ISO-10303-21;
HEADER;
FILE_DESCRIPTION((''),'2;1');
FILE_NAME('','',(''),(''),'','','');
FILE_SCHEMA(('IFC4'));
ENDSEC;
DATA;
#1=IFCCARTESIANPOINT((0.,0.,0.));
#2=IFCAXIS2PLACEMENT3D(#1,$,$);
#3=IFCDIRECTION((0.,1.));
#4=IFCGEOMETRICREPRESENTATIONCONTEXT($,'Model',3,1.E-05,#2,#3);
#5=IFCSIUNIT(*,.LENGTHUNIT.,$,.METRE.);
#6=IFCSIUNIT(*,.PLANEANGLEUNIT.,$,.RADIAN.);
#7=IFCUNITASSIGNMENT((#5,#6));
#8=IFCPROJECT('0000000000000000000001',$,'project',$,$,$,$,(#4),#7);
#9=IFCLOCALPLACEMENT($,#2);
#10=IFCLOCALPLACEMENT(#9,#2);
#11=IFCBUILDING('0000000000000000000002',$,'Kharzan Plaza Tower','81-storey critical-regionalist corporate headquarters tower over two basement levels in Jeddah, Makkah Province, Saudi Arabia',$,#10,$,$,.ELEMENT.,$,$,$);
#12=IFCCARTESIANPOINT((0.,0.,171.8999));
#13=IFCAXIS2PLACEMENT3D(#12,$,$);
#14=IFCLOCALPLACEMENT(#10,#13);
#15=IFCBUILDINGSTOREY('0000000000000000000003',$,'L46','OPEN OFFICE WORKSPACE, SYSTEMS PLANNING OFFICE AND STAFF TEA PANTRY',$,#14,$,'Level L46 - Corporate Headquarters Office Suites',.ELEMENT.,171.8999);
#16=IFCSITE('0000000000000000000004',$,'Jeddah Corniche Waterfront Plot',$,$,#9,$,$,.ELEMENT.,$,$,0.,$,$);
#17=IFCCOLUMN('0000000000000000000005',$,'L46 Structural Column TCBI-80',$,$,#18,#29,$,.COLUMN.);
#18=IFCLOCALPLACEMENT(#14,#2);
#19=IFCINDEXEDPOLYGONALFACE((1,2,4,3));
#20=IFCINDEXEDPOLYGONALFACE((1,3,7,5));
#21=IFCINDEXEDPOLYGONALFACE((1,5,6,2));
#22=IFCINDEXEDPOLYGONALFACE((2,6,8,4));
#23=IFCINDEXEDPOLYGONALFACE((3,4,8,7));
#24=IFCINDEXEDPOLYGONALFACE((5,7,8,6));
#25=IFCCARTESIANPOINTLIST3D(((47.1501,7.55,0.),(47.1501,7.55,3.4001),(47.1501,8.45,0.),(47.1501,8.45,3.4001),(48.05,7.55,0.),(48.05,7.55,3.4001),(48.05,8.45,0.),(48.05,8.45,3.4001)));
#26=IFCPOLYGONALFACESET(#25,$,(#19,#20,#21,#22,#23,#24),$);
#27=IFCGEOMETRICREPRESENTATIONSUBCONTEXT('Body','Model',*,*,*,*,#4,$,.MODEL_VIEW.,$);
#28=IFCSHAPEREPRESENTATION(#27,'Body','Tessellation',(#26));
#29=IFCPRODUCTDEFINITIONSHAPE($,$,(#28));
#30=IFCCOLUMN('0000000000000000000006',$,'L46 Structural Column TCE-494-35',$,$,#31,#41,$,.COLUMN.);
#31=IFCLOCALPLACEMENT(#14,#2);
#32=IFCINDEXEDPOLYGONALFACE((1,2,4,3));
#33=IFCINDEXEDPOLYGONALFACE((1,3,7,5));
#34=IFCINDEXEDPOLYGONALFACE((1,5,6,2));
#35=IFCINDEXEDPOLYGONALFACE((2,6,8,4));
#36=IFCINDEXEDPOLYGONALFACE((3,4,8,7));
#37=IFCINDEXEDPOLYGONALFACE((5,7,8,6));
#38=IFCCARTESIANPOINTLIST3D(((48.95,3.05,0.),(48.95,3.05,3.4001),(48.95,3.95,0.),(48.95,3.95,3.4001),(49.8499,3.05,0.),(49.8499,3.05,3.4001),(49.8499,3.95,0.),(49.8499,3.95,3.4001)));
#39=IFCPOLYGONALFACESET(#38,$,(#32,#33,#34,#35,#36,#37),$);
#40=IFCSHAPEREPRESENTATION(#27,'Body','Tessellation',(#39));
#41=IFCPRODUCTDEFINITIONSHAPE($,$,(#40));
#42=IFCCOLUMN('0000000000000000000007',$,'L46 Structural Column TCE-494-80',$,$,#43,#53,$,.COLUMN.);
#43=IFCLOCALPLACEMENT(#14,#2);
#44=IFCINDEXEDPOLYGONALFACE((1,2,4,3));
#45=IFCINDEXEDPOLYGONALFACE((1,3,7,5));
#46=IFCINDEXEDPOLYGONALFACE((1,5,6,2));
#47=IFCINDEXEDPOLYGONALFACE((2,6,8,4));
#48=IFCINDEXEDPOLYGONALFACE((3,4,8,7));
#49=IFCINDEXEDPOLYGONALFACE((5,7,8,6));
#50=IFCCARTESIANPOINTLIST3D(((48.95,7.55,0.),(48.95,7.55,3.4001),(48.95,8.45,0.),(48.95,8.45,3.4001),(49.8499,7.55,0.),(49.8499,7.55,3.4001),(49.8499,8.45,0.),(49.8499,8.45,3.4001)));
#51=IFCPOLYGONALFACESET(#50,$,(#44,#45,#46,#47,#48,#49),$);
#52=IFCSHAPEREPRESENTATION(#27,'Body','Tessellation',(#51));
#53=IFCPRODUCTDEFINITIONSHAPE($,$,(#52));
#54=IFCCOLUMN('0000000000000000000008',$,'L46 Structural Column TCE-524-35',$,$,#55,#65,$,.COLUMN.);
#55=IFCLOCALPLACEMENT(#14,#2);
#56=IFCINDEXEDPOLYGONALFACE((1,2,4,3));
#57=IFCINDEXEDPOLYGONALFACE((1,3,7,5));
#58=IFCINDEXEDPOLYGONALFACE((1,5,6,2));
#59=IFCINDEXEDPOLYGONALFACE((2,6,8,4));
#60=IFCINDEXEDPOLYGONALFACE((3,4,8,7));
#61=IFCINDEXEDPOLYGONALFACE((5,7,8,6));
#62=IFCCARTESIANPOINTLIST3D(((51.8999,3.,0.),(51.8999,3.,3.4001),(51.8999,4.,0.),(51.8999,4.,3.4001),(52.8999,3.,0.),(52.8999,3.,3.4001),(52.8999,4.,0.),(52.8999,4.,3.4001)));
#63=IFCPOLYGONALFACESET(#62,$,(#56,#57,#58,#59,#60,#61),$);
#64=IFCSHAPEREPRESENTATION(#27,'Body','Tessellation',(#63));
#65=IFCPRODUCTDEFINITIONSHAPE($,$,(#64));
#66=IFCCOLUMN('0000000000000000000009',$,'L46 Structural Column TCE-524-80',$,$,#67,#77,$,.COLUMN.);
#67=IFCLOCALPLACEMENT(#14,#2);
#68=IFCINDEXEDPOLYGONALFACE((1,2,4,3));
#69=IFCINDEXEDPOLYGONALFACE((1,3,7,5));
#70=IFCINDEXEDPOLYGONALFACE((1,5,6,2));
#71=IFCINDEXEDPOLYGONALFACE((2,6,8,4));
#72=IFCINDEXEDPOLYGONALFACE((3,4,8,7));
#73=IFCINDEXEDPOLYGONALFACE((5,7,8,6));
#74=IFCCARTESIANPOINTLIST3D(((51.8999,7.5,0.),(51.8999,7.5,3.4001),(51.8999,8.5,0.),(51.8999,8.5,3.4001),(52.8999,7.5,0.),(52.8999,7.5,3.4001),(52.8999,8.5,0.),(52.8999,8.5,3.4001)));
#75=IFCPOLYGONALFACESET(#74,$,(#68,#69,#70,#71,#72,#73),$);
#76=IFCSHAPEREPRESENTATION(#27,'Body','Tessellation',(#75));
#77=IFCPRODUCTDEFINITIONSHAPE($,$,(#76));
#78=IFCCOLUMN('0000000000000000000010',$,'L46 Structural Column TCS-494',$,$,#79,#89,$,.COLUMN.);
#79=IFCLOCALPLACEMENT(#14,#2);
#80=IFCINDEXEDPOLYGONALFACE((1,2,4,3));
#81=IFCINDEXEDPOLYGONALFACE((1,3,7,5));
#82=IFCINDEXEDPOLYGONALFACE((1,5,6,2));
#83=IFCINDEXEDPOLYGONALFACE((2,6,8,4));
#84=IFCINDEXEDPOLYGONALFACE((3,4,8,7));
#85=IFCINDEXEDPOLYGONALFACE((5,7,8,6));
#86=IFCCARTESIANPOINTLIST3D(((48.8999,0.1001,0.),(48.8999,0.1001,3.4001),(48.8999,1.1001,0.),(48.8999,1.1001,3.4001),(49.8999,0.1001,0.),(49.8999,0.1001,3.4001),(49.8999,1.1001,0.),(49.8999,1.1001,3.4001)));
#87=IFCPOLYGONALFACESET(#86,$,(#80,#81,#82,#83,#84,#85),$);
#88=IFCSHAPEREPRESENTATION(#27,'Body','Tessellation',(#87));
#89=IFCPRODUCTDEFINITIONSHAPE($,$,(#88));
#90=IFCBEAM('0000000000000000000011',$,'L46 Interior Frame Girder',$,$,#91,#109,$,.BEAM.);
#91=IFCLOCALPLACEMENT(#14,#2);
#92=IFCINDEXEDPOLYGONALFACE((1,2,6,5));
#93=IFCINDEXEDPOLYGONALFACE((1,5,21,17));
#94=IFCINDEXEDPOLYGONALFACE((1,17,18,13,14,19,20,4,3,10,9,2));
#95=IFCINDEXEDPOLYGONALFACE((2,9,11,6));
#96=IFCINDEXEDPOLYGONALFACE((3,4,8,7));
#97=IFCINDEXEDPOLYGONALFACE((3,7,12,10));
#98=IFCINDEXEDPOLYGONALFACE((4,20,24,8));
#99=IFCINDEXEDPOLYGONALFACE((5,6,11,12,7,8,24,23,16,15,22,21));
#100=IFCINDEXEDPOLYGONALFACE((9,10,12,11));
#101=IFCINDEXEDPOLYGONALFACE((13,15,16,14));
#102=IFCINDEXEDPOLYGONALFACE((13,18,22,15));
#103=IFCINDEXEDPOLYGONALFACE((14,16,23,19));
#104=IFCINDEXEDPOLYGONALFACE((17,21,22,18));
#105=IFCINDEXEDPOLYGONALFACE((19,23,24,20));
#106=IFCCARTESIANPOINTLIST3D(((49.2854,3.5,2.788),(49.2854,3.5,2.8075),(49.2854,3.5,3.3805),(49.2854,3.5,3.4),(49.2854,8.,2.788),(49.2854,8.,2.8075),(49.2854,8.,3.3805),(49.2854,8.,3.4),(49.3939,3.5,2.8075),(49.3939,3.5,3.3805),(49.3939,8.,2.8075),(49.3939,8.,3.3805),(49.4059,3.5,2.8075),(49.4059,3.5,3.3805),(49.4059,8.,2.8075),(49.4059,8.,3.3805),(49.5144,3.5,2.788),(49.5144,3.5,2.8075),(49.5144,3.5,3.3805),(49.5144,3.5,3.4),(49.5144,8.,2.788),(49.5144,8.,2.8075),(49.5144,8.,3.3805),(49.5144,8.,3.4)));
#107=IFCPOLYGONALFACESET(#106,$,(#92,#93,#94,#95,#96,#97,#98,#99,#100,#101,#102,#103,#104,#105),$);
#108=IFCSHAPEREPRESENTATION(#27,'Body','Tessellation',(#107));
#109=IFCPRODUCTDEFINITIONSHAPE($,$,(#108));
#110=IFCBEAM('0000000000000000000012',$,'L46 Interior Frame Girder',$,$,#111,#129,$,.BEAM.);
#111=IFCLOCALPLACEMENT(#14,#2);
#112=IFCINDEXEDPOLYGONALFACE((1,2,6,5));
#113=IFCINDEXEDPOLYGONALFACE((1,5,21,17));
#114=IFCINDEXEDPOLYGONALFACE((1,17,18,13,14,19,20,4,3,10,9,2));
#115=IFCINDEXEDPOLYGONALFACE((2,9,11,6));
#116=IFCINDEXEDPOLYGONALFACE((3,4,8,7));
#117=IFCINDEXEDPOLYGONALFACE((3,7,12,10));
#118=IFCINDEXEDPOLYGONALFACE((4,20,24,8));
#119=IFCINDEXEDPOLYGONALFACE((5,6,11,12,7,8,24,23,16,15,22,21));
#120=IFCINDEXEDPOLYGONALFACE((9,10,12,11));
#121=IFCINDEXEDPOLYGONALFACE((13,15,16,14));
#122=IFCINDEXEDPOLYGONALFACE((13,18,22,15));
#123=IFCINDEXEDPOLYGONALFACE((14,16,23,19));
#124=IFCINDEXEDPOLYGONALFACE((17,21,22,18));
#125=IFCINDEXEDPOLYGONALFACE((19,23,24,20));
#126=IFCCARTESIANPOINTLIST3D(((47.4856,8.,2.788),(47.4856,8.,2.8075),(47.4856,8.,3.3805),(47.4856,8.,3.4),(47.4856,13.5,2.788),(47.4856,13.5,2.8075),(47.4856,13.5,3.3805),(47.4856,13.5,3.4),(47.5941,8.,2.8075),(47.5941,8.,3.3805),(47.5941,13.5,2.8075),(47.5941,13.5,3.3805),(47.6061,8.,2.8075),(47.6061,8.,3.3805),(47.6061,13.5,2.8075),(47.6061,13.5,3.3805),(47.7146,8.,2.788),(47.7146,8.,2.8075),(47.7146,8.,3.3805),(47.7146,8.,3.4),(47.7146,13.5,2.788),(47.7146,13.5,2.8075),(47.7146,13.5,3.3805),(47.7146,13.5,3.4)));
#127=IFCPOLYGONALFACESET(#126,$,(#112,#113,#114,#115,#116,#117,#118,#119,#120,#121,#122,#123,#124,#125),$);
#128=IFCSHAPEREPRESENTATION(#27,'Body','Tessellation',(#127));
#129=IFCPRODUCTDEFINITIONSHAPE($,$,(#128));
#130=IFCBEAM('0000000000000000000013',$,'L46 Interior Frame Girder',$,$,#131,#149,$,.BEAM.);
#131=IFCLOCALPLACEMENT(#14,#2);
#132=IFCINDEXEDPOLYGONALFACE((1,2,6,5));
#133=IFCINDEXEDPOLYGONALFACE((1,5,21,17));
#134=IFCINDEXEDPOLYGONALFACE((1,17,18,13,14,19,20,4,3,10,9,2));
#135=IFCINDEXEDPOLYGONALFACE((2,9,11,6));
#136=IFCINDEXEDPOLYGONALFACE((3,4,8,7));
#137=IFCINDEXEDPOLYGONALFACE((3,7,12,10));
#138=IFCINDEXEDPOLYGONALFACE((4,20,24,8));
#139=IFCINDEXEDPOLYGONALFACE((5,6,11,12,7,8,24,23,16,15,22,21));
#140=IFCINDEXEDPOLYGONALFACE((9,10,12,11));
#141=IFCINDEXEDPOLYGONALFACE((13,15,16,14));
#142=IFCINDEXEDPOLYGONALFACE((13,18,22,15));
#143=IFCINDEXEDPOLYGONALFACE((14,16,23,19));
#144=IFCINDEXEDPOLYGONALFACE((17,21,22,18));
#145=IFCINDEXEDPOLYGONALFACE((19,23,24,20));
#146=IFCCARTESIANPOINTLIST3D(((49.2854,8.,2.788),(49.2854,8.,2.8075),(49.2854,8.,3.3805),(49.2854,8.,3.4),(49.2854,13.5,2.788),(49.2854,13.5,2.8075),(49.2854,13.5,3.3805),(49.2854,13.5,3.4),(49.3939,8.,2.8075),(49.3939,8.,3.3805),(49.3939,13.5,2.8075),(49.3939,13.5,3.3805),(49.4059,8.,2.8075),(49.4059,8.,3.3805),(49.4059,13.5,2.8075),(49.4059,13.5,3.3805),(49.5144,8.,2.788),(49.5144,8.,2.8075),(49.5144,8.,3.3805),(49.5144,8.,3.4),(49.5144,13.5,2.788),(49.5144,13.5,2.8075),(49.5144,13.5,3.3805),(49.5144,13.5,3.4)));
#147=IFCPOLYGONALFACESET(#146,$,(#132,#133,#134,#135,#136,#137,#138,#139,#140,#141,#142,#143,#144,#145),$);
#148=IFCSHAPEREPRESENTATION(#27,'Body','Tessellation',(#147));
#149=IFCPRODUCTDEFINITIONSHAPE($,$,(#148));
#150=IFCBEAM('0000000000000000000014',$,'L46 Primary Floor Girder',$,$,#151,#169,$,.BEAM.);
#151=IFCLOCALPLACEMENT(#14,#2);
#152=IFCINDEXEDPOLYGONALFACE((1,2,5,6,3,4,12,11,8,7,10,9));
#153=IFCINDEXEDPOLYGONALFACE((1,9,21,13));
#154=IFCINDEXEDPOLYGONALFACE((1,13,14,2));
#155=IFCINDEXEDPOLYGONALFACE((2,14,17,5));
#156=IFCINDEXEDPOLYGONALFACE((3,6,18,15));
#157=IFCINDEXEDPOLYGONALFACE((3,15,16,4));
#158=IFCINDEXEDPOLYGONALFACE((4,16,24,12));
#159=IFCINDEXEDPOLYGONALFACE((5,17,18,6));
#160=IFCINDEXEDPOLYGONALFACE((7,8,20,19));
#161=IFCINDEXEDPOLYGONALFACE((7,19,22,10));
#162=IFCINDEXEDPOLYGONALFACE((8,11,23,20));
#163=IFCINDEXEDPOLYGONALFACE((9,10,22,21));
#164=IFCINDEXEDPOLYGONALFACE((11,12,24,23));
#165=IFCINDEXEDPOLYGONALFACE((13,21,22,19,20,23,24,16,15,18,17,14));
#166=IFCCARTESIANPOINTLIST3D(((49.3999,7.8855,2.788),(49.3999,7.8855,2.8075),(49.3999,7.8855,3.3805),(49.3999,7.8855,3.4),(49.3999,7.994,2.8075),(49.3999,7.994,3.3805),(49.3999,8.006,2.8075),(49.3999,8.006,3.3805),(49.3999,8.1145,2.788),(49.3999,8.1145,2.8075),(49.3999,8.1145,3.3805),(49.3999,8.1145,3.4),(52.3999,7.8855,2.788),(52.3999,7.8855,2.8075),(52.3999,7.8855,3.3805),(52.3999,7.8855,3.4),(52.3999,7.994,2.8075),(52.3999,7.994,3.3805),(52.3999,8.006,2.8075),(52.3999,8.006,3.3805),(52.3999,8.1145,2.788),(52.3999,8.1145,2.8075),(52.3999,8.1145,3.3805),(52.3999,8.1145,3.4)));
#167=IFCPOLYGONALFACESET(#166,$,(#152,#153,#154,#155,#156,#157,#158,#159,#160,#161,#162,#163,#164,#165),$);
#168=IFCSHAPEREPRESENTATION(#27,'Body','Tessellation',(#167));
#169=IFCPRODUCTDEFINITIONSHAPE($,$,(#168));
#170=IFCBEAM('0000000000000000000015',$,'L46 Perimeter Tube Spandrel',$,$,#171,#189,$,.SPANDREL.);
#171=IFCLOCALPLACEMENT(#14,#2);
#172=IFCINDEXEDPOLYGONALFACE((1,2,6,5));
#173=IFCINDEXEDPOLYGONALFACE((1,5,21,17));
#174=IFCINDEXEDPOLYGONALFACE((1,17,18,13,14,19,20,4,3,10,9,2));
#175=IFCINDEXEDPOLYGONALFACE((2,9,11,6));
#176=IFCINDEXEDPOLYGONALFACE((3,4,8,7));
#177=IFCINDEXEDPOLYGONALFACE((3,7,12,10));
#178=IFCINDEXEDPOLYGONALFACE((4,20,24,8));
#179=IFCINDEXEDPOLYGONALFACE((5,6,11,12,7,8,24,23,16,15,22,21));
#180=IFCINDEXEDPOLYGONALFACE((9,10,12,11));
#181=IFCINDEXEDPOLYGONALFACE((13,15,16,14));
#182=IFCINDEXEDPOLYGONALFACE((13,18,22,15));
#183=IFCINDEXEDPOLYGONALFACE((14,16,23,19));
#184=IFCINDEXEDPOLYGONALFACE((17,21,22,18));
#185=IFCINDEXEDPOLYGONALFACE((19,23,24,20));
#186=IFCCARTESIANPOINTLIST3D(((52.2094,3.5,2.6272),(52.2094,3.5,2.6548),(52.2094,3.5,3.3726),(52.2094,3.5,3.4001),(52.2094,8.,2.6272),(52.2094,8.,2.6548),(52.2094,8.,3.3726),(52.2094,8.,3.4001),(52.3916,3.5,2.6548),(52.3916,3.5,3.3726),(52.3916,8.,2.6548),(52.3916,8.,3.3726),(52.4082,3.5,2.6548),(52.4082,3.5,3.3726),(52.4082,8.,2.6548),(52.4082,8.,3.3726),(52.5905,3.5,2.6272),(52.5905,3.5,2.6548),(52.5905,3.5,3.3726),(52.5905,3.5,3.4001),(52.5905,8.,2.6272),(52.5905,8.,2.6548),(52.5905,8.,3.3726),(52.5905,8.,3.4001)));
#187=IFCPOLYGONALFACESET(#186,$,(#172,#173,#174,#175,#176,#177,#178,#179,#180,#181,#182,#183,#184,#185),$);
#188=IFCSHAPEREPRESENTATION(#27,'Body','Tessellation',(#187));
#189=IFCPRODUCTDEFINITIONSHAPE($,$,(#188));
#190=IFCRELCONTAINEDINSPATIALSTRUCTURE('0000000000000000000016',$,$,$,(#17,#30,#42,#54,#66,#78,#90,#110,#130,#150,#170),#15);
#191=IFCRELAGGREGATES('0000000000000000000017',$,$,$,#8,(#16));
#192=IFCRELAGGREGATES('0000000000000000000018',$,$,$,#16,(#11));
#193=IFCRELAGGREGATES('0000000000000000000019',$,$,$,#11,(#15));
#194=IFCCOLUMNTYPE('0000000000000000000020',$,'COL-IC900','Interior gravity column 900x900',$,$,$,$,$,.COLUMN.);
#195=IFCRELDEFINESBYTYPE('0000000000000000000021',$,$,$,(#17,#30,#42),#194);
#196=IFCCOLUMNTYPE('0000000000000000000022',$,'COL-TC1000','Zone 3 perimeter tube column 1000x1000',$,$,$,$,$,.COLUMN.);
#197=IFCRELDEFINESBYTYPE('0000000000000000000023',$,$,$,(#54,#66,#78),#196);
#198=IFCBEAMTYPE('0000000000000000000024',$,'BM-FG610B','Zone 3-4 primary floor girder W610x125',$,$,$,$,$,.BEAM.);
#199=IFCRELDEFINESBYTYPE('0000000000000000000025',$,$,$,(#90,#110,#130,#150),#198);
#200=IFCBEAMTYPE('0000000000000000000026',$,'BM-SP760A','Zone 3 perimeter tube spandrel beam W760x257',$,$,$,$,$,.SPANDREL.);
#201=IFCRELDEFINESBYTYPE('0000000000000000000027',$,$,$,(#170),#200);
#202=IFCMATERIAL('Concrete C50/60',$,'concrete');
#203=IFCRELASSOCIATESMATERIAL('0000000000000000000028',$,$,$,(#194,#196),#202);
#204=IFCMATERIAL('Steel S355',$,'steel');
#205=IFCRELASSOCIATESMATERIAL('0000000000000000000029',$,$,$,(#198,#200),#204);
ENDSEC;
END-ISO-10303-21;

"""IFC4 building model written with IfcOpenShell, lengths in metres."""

from ifc_helpers import new_model, si_unit, direction, frame, origin, origin_2d, place, context, subcontext, project, spatial, rectangle, i_section, extrude, source, transform, mapped, material, material_profile, profile_set, type_object, element, save


model = new_model("IFC4")

# Units and contexts
model_context = context("Model", 3, precision=1e-05, world=origin(), true_north=direction((0.0, 1.0)))
body_context = subcontext(model_context, "Body", "Model", "MODEL_VIEW")
ifc_project = project(units=[si_unit("LENGTHUNIT", "METRE"), si_unit("PLANEANGLEUNIT", "RADIAN")], contexts=[model_context])

# Site, building, storey
site_placement = place(None, origin())
site = spatial("IfcSite", under=ifc_project, at=site_placement, Name="Jeddah Corniche Waterfront Plot", CompositionType="ELEMENT", RefElevation=0.0)
building_placement = place(site_placement, origin())
building = spatial("IfcBuilding", under=site, at=building_placement, Name="Kharzan Plaza Tower", Description="81-storey critical-regionalist corporate headquarters tower over two basement levels in Jeddah, Makkah Province, Saudi Arabia", CompositionType="ELEMENT")
storey_placement = place(building_placement, frame((0.0, 0.0, 171.8999)))
storey = spatial("IfcBuildingStorey", under=building, at=storey_placement, Name="L46", Description="OPEN OFFICE WORKSPACE, SYSTEMS PLANNING OFFICE AND STAFF TEA PANTRY", LongName="Level L46 - Corporate Headquarters Office Suites", CompositionType="ELEMENT", Elevation=171.8999)

# Columns
ifc_material_1 = material(Name="Concrete C50/60", Category="concrete")
ifc_material_profile_1 = material_profile(ifc_material_1, rectangle(XDim=0.8999, YDim=0.8999, at=origin_2d()), Name="RC-IC900x900")
ifc_profile_set_1 = profile_set([ifc_material_profile_1], Name="Concrete C50/60")
column_type_1 = type_object("IfcColumnType", Name="COL-IC900", Description="Interior gravity column 900x900", PredefinedType="COLUMN", material=ifc_profile_set_1)
shared_shape_1 = source(origin(), body_context, "Body", "SweptSolid", [
    extrude(rectangle(XDim=0.8999, YDim=0.8999, at=origin_2d()), origin(), (0.0, 0.0, 1.0), 3.4001),
])
for number, where, z_axis, x_axis, name in (
    (1, (47.6001, 8.0, 0.0), (0.0, 0.0, 1.0), (1.0, 0.0, 0.0), "L46 Structural Column TCBI-80"),
    (2, (49.3999, 3.5, 0.0), (0.0, 0.0, 1.0), (1.0, 0.0, 0.0), "L46 Structural Column TCE-494-35"),
    (3, (49.3999, 8.0, 0.0), (0.0, 0.0, 1.0), (1.0, 0.0, 0.0), "L46 Structural Column TCE-494-80"),
):
    element("IfcColumn", number, at=place(storey_placement, frame(where, z_axis=z_axis, x_axis=x_axis)), inside=storey, type_object=column_type_1, Name=name, PredefinedType="COLUMN", context=body_context, shape_type="MappedRepresentation", body=[
        mapped(shared_shape_1, transform((0.0, 0.0, 0.0), x_axis=(1.0, 0.0, 0.0), y_axis=(0.0, 1.0, 0.0), z_axis=(0.0, 0.0, 1.0))),
    ])
ifc_material_profile_2 = material_profile(ifc_material_1, rectangle(XDim=1.0, YDim=1.0, at=origin_2d()), Name="RC-TC1000x1000")
ifc_profile_set_2 = profile_set([ifc_material_profile_2], Name="Concrete C50/60")
column_type_2 = type_object("IfcColumnType", Name="COL-TC1000", Description="Zone 3 perimeter tube column 1000x1000", PredefinedType="COLUMN", material=ifc_profile_set_2)
shared_shape_2 = source(origin(), body_context, "Body", "SweptSolid", [
    extrude(rectangle(XDim=1.0, YDim=1.0, at=origin_2d()), origin(), (0.0, 0.0, 1.0), 3.4001),
])
for number, where, z_axis, x_axis, name in (
    (4, (52.3999, 3.5, 0.0), (0.0, 0.0, 1.0), (1.0, 0.0, 0.0), "L46 Structural Column TCE-524-35"),
    (5, (52.3999, 8.0, 0.0), (0.0, 0.0, 1.0), (1.0, 0.0, 0.0), "L46 Structural Column TCE-524-80"),
    (6, (49.3999, 0.6001, 0.0), (0.0, 0.0, 1.0), (1.0, 0.0, 0.0), "L46 Structural Column TCS-494"),
):
    element("IfcColumn", number, at=place(storey_placement, frame(where, z_axis=z_axis, x_axis=x_axis)), inside=storey, type_object=column_type_2, Name=name, PredefinedType="COLUMN", context=body_context, shape_type="MappedRepresentation", body=[
        mapped(shared_shape_2, transform((0.0, 0.0, 0.0), x_axis=(1.0, 0.0, 0.0), y_axis=(0.0, 1.0, 0.0), z_axis=(0.0, 0.0, 1.0))),
    ])

# Beams
ifc_material_2 = material(Name="Steel S355", Category="steel")
ifc_material_profile_3 = material_profile(ifc_material_2, i_section(OverallWidth=0.229, OverallDepth=0.6121, WebThickness=0.012, FlangeThickness=0.0195, at=origin_2d()), Name="W610x125")
ifc_profile_set_3 = profile_set([ifc_material_profile_3], Name="Steel S355")
beam_type_1 = type_object("IfcBeamType", Name="BM-FG610B", Description="Zone 3-4 primary floor girder W610x125", PredefinedType="BEAM", material=ifc_profile_set_3)
shared_shape_3 = source(origin(), body_context, "Body", "SweptSolid", [
    extrude(i_section(OverallWidth=0.229, OverallDepth=0.6121, WebThickness=0.012, FlangeThickness=0.0195, at=origin_2d()), origin(), (0.0, 0.0, 1.0), 4.5),
])
beam_1_placement = place(storey_placement, frame((49.3999, 3.5, 3.094), z_axis=(0.0, 1.0, 0.0), x_axis=(-1.0, 0.0, 0.0)))
element("IfcBeam", 7, at=beam_1_placement, inside=storey, type_object=beam_type_1, Name="L46 Interior Frame Girder", PredefinedType="BEAM", context=body_context, shape_type="MappedRepresentation", body=[
    mapped(shared_shape_3, transform((0.0, 0.0, 0.0), x_axis=(1.0, 0.0, 0.0), y_axis=(0.0, 1.0, 0.0), z_axis=(0.0, 0.0, 1.0))),
])
shared_shape_4 = source(origin(), body_context, "Body", "SweptSolid", [
    extrude(i_section(OverallWidth=0.229, OverallDepth=0.6121, WebThickness=0.012, FlangeThickness=0.0195, at=origin_2d()), origin(), (0.0, 0.0, 1.0), 5.5),
])
for number, where, z_axis, x_axis, name in (
    (8, (47.6001, 8.0, 3.094), (0.0, 1.0, 0.0), (-1.0, 0.0, 0.0), "L46 Interior Frame Girder"),
    (9, (49.3999, 8.0, 3.094), (0.0, 1.0, 0.0), (-1.0, 0.0, 0.0), "L46 Interior Frame Girder"),
):
    element("IfcBeam", number, at=place(storey_placement, frame(where, z_axis=z_axis, x_axis=x_axis)), inside=storey, type_object=beam_type_1, Name=name, PredefinedType="BEAM", context=body_context, shape_type="MappedRepresentation", body=[
        mapped(shared_shape_4, transform((0.0, 0.0, 0.0), x_axis=(1.0, 0.0, 0.0), y_axis=(0.0, 1.0, 0.0), z_axis=(0.0, 0.0, 1.0))),
    ])
shared_shape_5 = source(origin(), body_context, "Body", "SweptSolid", [
    extrude(i_section(OverallWidth=0.229, OverallDepth=0.6121, WebThickness=0.012, FlangeThickness=0.0195, at=origin_2d()), origin(), (0.0, 0.0, 1.0), 3.0),
])
beam_2_placement = place(storey_placement, frame((49.3999, 8.0, 3.094), z_axis=(1.0, 0.0, 0.0), x_axis=(0.0, 1.0, 0.0)))
element("IfcBeam", 10, at=beam_2_placement, inside=storey, type_object=beam_type_1, Name="L46 Primary Floor Girder", PredefinedType="BEAM", context=body_context, shape_type="MappedRepresentation", body=[
    mapped(shared_shape_5, transform((0.0, 0.0, 0.0), x_axis=(1.0, 0.0, 0.0), y_axis=(0.0, 1.0, 0.0), z_axis=(0.0, 0.0, 1.0))),
])
ifc_material_profile_4 = material_profile(ifc_material_2, i_section(OverallWidth=0.3811, OverallDepth=0.7729, WebThickness=0.0166, FlangeThickness=0.0276, at=origin_2d()), Name="W760x257")
ifc_profile_set_4 = profile_set([ifc_material_profile_4], Name="Steel S355")
beam_type_2 = type_object("IfcBeamType", Name="BM-SP760A", Description="Zone 3 perimeter tube spandrel beam W760x257", PredefinedType="SPANDREL", material=ifc_profile_set_4)
shared_shape_6 = source(origin(), body_context, "Body", "SweptSolid", [
    extrude(i_section(OverallWidth=0.3811, OverallDepth=0.7729, WebThickness=0.0166, FlangeThickness=0.0276, at=origin_2d()), origin(), (0.0, 0.0, 1.0), 4.5),
])
beam_3_placement = place(storey_placement, frame((52.3999, 3.5, 3.0137), z_axis=(0.0, 1.0, 0.0), x_axis=(-1.0, 0.0, 0.0)))
element("IfcBeam", 11, at=beam_3_placement, inside=storey, type_object=beam_type_2, Name="L46 Perimeter Tube Spandrel", PredefinedType="SPANDREL", context=body_context, shape_type="MappedRepresentation", body=[
    mapped(shared_shape_6, transform((0.0, 0.0, 0.0), x_axis=(1.0, 0.0, 0.0), y_axis=(0.0, 1.0, 0.0), z_axis=(0.0, 0.0, 1.0))),
])

save(model, "model.ifc")
